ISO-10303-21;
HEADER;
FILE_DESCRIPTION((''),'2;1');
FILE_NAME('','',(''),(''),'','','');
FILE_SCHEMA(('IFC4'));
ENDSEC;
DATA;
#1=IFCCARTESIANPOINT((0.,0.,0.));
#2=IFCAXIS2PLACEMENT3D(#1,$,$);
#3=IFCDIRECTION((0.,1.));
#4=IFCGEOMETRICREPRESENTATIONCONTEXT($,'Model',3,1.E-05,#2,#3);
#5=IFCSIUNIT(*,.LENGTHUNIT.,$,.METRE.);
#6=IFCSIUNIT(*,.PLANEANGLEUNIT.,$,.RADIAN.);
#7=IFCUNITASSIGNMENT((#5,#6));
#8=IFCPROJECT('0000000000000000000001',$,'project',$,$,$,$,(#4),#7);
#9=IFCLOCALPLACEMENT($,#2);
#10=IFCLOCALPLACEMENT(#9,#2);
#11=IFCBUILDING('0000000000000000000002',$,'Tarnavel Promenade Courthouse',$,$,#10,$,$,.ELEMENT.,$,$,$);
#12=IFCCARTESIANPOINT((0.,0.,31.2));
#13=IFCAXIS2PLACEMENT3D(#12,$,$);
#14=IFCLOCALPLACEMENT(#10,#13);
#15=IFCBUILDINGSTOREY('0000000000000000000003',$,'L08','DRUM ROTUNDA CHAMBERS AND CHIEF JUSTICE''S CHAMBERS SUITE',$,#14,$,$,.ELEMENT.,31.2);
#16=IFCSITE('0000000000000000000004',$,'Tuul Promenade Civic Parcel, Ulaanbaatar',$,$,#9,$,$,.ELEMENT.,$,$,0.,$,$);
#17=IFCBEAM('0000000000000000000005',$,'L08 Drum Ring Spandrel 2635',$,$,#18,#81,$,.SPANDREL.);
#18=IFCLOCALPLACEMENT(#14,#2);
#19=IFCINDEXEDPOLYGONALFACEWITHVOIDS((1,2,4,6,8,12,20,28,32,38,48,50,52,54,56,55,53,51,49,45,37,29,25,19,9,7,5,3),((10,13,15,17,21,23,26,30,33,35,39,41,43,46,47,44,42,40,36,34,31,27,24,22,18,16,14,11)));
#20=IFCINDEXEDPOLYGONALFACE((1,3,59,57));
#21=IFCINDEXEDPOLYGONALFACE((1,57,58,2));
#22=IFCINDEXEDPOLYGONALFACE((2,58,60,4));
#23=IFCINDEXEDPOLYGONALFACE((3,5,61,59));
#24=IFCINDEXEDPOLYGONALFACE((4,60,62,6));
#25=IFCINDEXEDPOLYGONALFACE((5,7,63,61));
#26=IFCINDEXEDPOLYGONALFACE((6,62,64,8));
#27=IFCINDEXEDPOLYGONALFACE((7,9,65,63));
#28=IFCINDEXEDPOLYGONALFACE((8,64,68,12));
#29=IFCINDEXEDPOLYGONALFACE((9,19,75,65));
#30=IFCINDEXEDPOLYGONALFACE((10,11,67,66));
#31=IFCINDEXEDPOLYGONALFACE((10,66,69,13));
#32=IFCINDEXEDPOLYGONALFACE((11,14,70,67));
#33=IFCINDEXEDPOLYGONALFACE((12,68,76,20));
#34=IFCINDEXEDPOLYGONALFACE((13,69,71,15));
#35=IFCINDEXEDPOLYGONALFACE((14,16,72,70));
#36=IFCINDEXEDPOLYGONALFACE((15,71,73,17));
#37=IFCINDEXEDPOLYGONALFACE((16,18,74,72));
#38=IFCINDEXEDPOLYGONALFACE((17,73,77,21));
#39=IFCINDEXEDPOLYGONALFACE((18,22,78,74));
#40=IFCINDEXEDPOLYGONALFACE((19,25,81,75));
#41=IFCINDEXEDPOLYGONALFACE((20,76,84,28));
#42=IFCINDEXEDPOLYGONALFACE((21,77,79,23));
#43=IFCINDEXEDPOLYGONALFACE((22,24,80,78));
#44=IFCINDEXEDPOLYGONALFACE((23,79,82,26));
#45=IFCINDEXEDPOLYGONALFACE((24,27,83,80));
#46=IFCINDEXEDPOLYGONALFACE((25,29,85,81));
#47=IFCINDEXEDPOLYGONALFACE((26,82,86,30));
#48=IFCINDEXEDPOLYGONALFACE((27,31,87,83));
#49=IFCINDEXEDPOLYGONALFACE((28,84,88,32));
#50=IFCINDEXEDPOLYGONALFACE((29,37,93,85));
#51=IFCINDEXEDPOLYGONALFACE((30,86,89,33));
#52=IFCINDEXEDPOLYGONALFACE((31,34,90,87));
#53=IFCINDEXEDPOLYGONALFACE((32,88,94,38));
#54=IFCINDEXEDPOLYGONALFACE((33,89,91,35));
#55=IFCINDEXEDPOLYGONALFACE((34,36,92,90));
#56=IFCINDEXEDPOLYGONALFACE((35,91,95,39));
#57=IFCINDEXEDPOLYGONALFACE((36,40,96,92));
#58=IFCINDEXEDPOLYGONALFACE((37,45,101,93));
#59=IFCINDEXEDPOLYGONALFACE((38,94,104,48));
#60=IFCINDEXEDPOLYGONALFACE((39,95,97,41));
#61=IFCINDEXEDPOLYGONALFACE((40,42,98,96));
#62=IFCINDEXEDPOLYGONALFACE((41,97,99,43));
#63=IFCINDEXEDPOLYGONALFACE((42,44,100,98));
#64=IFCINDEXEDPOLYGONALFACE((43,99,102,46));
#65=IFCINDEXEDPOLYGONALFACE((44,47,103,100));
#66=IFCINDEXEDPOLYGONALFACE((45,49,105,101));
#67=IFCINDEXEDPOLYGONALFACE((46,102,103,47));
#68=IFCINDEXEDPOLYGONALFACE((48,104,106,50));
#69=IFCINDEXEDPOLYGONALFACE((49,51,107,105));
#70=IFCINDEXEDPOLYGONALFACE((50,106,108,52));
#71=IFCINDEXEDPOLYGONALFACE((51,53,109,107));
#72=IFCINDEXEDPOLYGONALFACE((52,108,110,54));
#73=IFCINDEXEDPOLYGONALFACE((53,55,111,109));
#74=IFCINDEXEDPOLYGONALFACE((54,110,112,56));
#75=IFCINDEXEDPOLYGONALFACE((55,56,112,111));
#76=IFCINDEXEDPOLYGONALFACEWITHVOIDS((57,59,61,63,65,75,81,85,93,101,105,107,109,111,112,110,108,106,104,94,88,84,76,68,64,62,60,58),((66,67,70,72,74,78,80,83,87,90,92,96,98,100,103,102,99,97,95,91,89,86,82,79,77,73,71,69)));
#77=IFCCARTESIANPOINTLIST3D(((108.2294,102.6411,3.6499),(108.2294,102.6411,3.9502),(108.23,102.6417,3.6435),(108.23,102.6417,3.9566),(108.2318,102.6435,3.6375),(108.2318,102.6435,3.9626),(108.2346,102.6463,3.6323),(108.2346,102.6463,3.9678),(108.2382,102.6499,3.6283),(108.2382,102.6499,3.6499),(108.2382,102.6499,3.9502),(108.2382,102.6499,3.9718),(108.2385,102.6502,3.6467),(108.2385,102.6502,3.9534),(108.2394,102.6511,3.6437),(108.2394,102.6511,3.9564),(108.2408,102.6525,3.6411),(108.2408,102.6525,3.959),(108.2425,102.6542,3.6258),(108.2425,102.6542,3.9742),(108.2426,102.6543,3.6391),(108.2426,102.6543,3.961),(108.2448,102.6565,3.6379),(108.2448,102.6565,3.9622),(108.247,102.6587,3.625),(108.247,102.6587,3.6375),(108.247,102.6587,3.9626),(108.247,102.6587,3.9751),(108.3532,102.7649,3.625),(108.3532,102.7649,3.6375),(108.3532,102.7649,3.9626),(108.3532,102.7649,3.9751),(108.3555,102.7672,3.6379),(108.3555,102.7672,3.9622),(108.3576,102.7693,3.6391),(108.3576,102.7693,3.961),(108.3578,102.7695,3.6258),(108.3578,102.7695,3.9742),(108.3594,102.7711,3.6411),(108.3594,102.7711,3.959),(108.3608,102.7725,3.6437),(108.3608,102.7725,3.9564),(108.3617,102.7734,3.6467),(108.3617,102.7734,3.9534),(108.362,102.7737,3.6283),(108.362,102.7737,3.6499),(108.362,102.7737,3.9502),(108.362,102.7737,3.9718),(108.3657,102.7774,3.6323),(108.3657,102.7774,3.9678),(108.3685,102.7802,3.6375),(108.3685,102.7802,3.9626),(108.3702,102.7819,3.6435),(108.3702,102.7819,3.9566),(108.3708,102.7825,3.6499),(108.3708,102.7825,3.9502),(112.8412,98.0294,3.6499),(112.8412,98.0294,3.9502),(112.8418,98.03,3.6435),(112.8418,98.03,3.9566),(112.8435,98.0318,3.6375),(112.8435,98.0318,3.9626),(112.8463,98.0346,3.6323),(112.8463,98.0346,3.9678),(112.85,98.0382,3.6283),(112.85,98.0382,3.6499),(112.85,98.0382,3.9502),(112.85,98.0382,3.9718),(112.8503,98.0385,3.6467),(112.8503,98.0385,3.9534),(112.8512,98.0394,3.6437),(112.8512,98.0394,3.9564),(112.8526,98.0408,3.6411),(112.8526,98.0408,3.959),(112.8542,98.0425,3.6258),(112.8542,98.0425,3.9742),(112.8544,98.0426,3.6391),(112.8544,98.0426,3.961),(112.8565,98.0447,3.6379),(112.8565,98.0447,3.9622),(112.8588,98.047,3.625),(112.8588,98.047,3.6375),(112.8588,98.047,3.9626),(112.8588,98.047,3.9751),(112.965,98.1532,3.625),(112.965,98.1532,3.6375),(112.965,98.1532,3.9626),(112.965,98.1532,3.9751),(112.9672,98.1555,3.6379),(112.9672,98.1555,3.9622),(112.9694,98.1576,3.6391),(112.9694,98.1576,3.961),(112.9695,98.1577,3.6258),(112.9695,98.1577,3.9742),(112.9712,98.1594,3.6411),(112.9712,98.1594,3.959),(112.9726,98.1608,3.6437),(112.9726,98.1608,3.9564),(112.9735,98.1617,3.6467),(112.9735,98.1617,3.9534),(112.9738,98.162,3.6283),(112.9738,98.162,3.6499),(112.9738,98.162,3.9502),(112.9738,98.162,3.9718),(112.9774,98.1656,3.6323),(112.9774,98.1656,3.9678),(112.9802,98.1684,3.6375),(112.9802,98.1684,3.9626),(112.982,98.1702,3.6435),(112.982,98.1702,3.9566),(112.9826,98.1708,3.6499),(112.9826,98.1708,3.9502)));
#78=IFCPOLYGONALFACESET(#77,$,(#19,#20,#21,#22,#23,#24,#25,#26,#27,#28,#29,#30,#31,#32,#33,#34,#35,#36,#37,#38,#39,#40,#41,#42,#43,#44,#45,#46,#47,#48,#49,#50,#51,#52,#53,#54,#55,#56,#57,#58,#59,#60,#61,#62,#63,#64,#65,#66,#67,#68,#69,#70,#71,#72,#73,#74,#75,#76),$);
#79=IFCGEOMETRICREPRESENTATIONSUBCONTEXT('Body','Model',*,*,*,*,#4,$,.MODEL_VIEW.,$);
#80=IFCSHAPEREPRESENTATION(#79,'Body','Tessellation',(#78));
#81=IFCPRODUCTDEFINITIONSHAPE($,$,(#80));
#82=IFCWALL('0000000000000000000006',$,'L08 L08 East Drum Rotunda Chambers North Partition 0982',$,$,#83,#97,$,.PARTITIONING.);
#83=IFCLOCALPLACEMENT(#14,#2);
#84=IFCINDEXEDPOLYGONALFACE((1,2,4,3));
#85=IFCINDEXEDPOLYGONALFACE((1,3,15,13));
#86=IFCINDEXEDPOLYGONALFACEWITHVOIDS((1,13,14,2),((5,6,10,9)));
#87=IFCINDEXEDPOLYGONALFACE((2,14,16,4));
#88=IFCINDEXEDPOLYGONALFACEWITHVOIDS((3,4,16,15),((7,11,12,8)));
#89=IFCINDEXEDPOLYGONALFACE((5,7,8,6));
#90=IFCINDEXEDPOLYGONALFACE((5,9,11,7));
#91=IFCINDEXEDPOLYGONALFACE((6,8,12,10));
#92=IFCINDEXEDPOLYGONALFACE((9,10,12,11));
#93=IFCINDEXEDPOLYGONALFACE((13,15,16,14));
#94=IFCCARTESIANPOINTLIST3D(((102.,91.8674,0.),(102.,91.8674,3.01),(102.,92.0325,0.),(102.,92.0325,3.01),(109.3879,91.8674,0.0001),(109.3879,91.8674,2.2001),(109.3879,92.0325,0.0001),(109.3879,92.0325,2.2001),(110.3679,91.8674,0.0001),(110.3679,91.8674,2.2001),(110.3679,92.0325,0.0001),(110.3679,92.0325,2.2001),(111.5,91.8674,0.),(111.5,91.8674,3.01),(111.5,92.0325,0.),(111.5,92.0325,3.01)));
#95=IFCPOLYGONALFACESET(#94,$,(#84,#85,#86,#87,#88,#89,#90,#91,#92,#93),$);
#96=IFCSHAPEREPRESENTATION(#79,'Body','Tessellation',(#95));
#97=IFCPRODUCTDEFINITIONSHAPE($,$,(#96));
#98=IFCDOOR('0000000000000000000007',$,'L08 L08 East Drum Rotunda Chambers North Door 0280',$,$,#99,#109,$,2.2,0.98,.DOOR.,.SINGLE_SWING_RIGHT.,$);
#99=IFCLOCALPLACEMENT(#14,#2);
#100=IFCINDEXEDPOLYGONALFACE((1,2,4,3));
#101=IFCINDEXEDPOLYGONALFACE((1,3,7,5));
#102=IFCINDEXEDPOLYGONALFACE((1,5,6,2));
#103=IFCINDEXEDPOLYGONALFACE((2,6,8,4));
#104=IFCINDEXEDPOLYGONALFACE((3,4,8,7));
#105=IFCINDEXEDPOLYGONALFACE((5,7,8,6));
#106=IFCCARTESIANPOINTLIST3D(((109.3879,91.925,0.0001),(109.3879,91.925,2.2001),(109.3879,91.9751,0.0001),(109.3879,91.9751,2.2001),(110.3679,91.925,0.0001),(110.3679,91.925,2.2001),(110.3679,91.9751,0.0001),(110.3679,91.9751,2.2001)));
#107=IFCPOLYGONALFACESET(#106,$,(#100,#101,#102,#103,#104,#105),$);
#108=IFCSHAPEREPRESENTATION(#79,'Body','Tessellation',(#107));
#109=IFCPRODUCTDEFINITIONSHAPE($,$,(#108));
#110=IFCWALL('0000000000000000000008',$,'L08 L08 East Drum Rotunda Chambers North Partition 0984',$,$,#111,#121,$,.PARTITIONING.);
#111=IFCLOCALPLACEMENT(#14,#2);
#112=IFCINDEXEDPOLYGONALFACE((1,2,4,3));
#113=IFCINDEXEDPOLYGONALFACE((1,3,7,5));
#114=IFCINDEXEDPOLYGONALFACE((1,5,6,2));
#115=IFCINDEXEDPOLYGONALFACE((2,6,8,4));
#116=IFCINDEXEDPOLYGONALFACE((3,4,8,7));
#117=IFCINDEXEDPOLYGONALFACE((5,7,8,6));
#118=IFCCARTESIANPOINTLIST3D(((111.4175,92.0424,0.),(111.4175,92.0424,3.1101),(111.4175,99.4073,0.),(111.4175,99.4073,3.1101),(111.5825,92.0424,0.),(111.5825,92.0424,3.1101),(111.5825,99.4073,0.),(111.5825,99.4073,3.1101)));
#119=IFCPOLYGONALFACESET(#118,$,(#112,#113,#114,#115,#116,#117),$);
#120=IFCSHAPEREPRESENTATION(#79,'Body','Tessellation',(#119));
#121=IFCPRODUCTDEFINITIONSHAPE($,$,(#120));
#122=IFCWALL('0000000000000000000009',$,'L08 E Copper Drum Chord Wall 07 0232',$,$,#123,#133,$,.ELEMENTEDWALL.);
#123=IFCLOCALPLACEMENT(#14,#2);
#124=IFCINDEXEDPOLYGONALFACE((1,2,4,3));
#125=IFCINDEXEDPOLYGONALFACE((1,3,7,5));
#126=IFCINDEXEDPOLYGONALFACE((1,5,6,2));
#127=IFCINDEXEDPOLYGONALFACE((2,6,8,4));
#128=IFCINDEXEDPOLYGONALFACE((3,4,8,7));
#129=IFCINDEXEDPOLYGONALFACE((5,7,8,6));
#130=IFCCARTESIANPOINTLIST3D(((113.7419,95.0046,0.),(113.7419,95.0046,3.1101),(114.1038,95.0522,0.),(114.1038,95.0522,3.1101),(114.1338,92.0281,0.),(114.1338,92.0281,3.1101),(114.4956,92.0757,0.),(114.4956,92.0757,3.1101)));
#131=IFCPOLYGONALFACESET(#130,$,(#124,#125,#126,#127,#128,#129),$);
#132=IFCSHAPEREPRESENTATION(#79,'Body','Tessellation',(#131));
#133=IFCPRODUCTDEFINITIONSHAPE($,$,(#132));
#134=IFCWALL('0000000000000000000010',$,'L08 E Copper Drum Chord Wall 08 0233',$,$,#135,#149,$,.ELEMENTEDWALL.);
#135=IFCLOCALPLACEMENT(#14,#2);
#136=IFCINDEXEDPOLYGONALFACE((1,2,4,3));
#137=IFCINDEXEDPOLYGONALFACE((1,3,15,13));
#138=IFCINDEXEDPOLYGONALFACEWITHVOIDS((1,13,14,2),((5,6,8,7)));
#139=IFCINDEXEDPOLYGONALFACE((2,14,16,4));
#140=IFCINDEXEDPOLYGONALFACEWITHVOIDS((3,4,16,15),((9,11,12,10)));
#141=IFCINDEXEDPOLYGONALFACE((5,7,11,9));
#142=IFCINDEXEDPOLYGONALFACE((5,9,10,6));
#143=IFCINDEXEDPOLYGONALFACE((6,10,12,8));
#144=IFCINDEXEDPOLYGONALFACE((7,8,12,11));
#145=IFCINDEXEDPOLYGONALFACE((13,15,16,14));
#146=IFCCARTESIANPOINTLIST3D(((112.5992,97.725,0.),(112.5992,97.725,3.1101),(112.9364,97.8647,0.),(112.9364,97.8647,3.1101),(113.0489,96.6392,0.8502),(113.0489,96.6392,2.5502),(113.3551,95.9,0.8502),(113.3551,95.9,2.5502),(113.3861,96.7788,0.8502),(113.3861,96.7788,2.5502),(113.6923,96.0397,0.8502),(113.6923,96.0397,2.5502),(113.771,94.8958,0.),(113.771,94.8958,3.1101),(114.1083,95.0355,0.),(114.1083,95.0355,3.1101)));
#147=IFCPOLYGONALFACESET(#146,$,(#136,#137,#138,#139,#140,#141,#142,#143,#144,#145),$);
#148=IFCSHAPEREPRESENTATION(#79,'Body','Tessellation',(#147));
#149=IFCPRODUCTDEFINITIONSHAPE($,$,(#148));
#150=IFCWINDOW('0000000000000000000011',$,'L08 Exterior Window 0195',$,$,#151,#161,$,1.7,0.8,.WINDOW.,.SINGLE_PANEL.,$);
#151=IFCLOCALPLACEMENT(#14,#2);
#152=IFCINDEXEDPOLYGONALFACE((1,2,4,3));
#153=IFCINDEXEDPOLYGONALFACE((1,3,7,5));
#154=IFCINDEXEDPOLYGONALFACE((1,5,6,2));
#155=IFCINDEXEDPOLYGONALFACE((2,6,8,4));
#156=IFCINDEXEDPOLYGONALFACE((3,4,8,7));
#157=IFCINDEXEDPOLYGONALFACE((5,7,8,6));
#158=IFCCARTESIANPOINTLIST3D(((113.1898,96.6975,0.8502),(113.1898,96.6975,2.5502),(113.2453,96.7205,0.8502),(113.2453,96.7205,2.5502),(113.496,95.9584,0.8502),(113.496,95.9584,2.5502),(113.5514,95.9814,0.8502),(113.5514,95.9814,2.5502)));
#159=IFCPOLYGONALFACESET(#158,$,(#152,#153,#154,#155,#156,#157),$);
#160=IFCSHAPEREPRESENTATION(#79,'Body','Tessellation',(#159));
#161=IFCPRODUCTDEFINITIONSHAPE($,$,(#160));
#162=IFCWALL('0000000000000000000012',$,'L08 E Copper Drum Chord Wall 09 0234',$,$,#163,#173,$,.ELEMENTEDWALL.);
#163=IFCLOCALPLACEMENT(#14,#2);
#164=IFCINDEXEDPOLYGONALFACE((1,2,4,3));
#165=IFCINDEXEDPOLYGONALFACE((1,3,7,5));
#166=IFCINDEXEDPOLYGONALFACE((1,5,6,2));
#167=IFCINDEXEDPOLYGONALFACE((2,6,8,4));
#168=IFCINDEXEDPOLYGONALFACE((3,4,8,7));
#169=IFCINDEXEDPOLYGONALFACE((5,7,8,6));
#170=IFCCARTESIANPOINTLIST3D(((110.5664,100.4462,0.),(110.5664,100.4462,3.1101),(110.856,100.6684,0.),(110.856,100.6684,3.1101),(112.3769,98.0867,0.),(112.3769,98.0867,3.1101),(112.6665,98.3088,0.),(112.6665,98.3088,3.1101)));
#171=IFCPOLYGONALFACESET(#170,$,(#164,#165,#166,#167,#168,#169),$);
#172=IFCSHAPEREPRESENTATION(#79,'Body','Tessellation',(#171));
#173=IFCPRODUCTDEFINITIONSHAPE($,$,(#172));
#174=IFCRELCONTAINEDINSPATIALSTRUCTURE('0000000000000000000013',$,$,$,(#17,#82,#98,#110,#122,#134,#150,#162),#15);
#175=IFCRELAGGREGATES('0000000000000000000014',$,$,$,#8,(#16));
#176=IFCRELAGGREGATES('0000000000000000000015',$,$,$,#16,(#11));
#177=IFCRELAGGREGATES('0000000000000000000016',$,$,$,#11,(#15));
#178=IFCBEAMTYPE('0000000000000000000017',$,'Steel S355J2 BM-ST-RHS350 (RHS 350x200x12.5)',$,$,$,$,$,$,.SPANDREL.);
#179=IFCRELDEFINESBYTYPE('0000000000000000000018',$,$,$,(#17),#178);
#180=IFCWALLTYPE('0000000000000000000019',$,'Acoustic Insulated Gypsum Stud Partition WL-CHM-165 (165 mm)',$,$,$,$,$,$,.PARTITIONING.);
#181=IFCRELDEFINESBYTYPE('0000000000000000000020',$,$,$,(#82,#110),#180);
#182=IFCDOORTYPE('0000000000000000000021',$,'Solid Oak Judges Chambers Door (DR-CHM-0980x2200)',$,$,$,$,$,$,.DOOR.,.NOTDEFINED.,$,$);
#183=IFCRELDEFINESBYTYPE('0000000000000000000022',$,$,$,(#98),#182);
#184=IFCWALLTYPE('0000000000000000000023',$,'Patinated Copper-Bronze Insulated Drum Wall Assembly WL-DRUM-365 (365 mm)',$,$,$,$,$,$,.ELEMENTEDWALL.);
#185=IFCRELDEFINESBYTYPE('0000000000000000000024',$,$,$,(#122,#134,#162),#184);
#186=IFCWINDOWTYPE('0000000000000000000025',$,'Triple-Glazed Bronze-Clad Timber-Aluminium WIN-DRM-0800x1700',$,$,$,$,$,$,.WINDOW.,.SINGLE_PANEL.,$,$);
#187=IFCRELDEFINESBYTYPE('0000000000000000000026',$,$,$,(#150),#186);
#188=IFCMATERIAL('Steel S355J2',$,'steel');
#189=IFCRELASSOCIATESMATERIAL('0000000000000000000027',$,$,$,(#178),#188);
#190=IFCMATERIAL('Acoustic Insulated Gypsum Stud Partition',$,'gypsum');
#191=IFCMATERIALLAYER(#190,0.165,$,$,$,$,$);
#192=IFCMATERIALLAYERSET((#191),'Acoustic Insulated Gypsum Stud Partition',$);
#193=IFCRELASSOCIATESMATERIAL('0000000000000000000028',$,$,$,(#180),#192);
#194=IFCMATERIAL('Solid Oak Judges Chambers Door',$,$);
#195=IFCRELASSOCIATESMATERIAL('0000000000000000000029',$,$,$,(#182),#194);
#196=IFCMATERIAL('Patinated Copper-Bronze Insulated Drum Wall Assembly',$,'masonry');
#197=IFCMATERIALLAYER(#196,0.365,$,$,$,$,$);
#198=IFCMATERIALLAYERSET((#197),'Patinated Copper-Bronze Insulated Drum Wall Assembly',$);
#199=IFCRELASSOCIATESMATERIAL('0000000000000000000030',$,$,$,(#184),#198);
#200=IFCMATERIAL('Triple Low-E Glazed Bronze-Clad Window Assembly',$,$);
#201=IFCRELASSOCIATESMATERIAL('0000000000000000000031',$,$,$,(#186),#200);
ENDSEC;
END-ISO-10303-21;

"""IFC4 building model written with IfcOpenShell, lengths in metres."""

from ifc_helpers import new_model, si_unit, direction, frame, frame_2d, origin, origin_2d, place, context, subcontext, project, spatial, rectangle, hollow_rectangle, extrude, material, layer, layer_set, material_profile, profile_set, type_object, element, fill, save


model = new_model("IFC4")

# Units and contexts
model_context = context("Model", 3, precision=1e-05, world=origin(), true_north=direction((0.0, 1.0)))
body_context = subcontext(model_context, "Body", "Model", "MODEL_VIEW")
ifc_project = project(units=[si_unit("LENGTHUNIT", "METRE"), si_unit("PLANEANGLEUNIT", "RADIAN")], contexts=[model_context])

# Site, building, storey
site_placement = place(None, origin())
site = spatial("IfcSite", under=ifc_project, at=site_placement, Name="Tuul Promenade Civic Parcel, Ulaanbaatar", CompositionType="ELEMENT", RefElevation=0.0)
building_placement = place(site_placement, origin())
building = spatial("IfcBuilding", under=site, at=building_placement, Name="Tarnavel Promenade Courthouse", CompositionType="ELEMENT")
storey_placement = place(building_placement, frame((0.0, 0.0, 31.2)))
storey = spatial("IfcBuildingStorey", under=building, at=storey_placement, Name="L08", Description="DRUM ROTUNDA CHAMBERS AND CHIEF JUSTICE'S CHAMBERS SUITE", CompositionType="ELEMENT", Elevation=31.2)

# Beam
ifc_material_1 = material(Name="Steel S355J2", Category="steel")
ifc_material_profile_1 = material_profile(ifc_material_1, hollow_rectangle(XDim=0.2, YDim=0.3501, WallThickness=0.0125, InnerFilletRadius=0.0125, OuterFilletRadius=0.0249, at=origin_2d()), Name="RHS 350x200x12.5")
ifc_profile_set_1 = profile_set([ifc_material_profile_1], Name="Steel S355J2")
beam_type = type_object("IfcBeamType", Name="Steel S355J2 BM-ST-RHS350 (RHS 350x200x12.5)", PredefinedType="SPANDREL", material=ifc_profile_set_1)
beam_1_placement = place(storey_placement, frame((112.9119, 98.1001, 3.8), z_axis=(-0.707107, 0.707107, 0.0), x_axis=(-0.707107, -0.707107, 0.0)))
element("IfcBeam", 1, at=beam_1_placement, inside=storey, type_object=beam_type, Name="L08 Drum Ring Spandrel 2635", PredefinedType="SPANDREL", context=body_context, shape_type="SweptSolid", body=[
    extrude(hollow_rectangle(XDim=0.2, YDim=0.3501, WallThickness=0.0125, InnerFilletRadius=0.0125, OuterFilletRadius=0.0249, at=origin_2d()), origin(), (0.0, 0.0, 1.0), 6.522),
])

# Wall, opening, door
ifc_material_2 = material(Name="Acoustic Insulated Gypsum Stud Partition", Category="gypsum")
ifc_layer_1 = layer(ifc_material_2, 0.165)
ifc_layer_set_1 = layer_set([ifc_layer_1], Name="Acoustic Insulated Gypsum Stud Partition")
wall_type_1 = type_object("IfcWallType", Name="Acoustic Insulated Gypsum Stud Partition WL-CHM-165 (165 mm)", PredefinedType="PARTITIONING", material=ifc_layer_set_1)
wall_1_placement = place(storey_placement, frame((111.5, 91.95, 0.0), z_axis=(0.0, 0.0, 1.0), x_axis=(-1.0, 0.0, 0.0)))
wall_1 = element("IfcWall", 2, at=wall_1_placement, inside=storey, type_object=wall_type_1, Name="L08 L08 East Drum Rotunda Chambers North Partition 0982", PredefinedType="PARTITIONING", context=body_context, shape_type="SweptSolid", body=[
    extrude(rectangle(XDim=9.5, YDim=0.165, at=frame_2d((4.75, 0.0))), origin(), (0.0, 0.0, 1.0), 3.01),
])
opening_1_placement = place(wall_1_placement, frame((1.1321, 0.0, 0.0)))
opening_1 = element("IfcOpeningElement", 3, at=opening_1_placement, cuts=wall_1, PredefinedType="OPENING", context=body_context, shape_type="SweptSolid", body=[
    extrude(rectangle(XDim=0.98, YDim=2.2, at=frame_2d((0.49, 1.1001))), frame((0.0, 0.0925, 0.0), z_axis=(0.0, -1.0, 0.0), x_axis=(1.0, 0.0, 0.0)), (0.0, 0.0, 1.0), 0.1851),
])
ifc_material_3 = material(Name="Solid Oak Judges Chambers Door")
door_type = type_object("IfcDoorType", Name="Solid Oak Judges Chambers Door (DR-CHM-0980x2200)", OperationType="NOTDEFINED", PredefinedType="DOOR", material=ifc_material_3)
door_placement = place(opening_1_placement, origin())
door = element("IfcDoor", 4, at=door_placement, inside=storey, type_object=door_type, Name="L08 L08 East Drum Rotunda Chambers North Door 0280", OperationType="SINGLE_SWING_RIGHT", OverallHeight=2.2, OverallWidth=0.98, PredefinedType="DOOR", context=body_context, shape_type="SweptSolid", body=[
    extrude(rectangle(XDim=0.98, YDim=2.2, at=frame_2d((0.49, 1.1001))), frame((0.0, 0.0249, 0.0), z_axis=(0.0, -1.0, 0.0), x_axis=(1.0, 0.0, 0.0)), (0.0, 0.0, 1.0), 0.05),
])
fill(opening_1, door)

# Walls
wall_2_placement = place(storey_placement, frame((111.5, 99.4075, 0.0), z_axis=(0.0, 0.0, 1.0), x_axis=(0.0, -1.0, 0.0)))
element("IfcWall", 5, at=wall_2_placement, inside=storey, type_object=wall_type_1, Name="L08 L08 East Drum Rotunda Chambers North Partition 0984", PredefinedType="PARTITIONING", context=body_context, shape_type="SweptSolid", body=[
    extrude(rectangle(XDim=7.365, YDim=0.165, at=frame_2d((3.6826, 0.0))), origin(), (0.0, 0.0, 1.0), 3.1101),
])
ifc_material_4 = material(Name="Patinated Copper-Bronze Insulated Drum Wall Assembly", Category="masonry")
ifc_layer_2 = layer(ifc_material_4, 0.365)
ifc_layer_set_2 = layer_set([ifc_layer_2], Name="Patinated Copper-Bronze Insulated Drum Wall Assembly")
wall_type_2 = type_object("IfcWallType", Name="Patinated Copper-Bronze Insulated Drum Wall Assembly WL-DRUM-365 (365 mm)", PredefinedType="ELEMENTEDWALL", material=ifc_layer_set_2)
wall_3_placement = place(storey_placement, frame((114.3147, 92.052, 0.0), z_axis=(0.0, 0.0, 1.0), x_axis=(-0.130518, 0.991446, 0.0)))
element("IfcWall", 6, at=wall_3_placement, inside=storey, type_object=wall_type_2, Name="L08 E Copper Drum Chord Wall 07 0232", PredefinedType="ELEMENTEDWALL", context=body_context, shape_type="SweptSolid", body=[
    extrude(rectangle(XDim=3.0022, YDim=0.365, at=frame_2d((1.501, 0.0))), origin(), (0.0, 0.0, 1.0), 3.1101),
])

# Wall, opening, window
wall_4_placement = place(storey_placement, frame((113.9397, 94.9656, 0.0), z_axis=(0.0, 0.0, 1.0), x_axis=(-0.38269, 0.923877, 0.0)))
wall_4 = element("IfcWall", 7, at=wall_4_placement, inside=storey, type_object=wall_type_2, Name="L08 E Copper Drum Chord Wall 08 0233", PredefinedType="ELEMENTEDWALL", context=body_context, shape_type="SweptSolid", body=[
    extrude(rectangle(XDim=3.0623, YDim=0.365, at=frame_2d((1.5312, 0.0))), origin(), (0.0, 0.0, 1.0), 3.1101),
])
opening_2_placement = place(wall_4_placement, frame((1.0872, 0.0, 0.8501)))
opening_2 = element("IfcOpeningElement", 8, at=opening_2_placement, cuts=wall_4, PredefinedType="OPENING", context=body_context, shape_type="SweptSolid", body=[
    extrude(rectangle(XDim=0.8, YDim=1.7, at=frame_2d((0.3999, 0.8501))), frame((0.0, 0.1924, 0.0), z_axis=(0.0, -1.0, 0.0), x_axis=(1.0, 0.0, 0.0)), (0.0, 0.0, 1.0), 0.385),
])
ifc_material_5 = material(Name="Triple Low-E Glazed Bronze-Clad Window Assembly")
window_type = type_object("IfcWindowType", Name="Triple-Glazed Bronze-Clad Timber-Aluminium WIN-DRM-0800x1700", PartitioningType="SINGLE_PANEL", PredefinedType="WINDOW", material=ifc_material_5)
window_1_placement = place(opening_2_placement, origin())
window_1 = element("IfcWindow", 9, at=window_1_placement, inside=storey, type_object=window_type, Name="L08 Exterior Window 0195", OverallHeight=1.7, OverallWidth=0.8, PartitioningType="SINGLE_PANEL", PredefinedType="WINDOW", context=body_context, shape_type="SweptSolid", body=[
    extrude(rectangle(XDim=0.8, YDim=1.7, at=frame_2d((0.3999, 0.8501))), frame((0.0, 0.03, 0.0), z_axis=(0.0, -1.0, 0.0), x_axis=(1.0, 0.0, 0.0)), (0.0, 0.0, 1.0), 0.0601),
])
fill(opening_2, window_1)

# Wall
wall_5_placement = place(storey_placement, frame((112.5217, 98.1978, 0.0), z_axis=(0.0, 0.0, 1.0), x_axis=(-0.60875, 0.793362, 0.0)))
element("IfcWall", 10, at=wall_5_placement, inside=storey, type_object=wall_type_2, Name="L08 E Copper Drum Chord Wall 09 0234", PredefinedType="ELEMENTEDWALL", context=body_context, shape_type="SweptSolid", body=[
    extrude(rectangle(XDim=2.9741, YDim=0.365, at=frame_2d((1.4871, 0.0))), origin(), (0.0, 0.0, 1.0), 3.1101),
])

save(model, "model.ifc")
